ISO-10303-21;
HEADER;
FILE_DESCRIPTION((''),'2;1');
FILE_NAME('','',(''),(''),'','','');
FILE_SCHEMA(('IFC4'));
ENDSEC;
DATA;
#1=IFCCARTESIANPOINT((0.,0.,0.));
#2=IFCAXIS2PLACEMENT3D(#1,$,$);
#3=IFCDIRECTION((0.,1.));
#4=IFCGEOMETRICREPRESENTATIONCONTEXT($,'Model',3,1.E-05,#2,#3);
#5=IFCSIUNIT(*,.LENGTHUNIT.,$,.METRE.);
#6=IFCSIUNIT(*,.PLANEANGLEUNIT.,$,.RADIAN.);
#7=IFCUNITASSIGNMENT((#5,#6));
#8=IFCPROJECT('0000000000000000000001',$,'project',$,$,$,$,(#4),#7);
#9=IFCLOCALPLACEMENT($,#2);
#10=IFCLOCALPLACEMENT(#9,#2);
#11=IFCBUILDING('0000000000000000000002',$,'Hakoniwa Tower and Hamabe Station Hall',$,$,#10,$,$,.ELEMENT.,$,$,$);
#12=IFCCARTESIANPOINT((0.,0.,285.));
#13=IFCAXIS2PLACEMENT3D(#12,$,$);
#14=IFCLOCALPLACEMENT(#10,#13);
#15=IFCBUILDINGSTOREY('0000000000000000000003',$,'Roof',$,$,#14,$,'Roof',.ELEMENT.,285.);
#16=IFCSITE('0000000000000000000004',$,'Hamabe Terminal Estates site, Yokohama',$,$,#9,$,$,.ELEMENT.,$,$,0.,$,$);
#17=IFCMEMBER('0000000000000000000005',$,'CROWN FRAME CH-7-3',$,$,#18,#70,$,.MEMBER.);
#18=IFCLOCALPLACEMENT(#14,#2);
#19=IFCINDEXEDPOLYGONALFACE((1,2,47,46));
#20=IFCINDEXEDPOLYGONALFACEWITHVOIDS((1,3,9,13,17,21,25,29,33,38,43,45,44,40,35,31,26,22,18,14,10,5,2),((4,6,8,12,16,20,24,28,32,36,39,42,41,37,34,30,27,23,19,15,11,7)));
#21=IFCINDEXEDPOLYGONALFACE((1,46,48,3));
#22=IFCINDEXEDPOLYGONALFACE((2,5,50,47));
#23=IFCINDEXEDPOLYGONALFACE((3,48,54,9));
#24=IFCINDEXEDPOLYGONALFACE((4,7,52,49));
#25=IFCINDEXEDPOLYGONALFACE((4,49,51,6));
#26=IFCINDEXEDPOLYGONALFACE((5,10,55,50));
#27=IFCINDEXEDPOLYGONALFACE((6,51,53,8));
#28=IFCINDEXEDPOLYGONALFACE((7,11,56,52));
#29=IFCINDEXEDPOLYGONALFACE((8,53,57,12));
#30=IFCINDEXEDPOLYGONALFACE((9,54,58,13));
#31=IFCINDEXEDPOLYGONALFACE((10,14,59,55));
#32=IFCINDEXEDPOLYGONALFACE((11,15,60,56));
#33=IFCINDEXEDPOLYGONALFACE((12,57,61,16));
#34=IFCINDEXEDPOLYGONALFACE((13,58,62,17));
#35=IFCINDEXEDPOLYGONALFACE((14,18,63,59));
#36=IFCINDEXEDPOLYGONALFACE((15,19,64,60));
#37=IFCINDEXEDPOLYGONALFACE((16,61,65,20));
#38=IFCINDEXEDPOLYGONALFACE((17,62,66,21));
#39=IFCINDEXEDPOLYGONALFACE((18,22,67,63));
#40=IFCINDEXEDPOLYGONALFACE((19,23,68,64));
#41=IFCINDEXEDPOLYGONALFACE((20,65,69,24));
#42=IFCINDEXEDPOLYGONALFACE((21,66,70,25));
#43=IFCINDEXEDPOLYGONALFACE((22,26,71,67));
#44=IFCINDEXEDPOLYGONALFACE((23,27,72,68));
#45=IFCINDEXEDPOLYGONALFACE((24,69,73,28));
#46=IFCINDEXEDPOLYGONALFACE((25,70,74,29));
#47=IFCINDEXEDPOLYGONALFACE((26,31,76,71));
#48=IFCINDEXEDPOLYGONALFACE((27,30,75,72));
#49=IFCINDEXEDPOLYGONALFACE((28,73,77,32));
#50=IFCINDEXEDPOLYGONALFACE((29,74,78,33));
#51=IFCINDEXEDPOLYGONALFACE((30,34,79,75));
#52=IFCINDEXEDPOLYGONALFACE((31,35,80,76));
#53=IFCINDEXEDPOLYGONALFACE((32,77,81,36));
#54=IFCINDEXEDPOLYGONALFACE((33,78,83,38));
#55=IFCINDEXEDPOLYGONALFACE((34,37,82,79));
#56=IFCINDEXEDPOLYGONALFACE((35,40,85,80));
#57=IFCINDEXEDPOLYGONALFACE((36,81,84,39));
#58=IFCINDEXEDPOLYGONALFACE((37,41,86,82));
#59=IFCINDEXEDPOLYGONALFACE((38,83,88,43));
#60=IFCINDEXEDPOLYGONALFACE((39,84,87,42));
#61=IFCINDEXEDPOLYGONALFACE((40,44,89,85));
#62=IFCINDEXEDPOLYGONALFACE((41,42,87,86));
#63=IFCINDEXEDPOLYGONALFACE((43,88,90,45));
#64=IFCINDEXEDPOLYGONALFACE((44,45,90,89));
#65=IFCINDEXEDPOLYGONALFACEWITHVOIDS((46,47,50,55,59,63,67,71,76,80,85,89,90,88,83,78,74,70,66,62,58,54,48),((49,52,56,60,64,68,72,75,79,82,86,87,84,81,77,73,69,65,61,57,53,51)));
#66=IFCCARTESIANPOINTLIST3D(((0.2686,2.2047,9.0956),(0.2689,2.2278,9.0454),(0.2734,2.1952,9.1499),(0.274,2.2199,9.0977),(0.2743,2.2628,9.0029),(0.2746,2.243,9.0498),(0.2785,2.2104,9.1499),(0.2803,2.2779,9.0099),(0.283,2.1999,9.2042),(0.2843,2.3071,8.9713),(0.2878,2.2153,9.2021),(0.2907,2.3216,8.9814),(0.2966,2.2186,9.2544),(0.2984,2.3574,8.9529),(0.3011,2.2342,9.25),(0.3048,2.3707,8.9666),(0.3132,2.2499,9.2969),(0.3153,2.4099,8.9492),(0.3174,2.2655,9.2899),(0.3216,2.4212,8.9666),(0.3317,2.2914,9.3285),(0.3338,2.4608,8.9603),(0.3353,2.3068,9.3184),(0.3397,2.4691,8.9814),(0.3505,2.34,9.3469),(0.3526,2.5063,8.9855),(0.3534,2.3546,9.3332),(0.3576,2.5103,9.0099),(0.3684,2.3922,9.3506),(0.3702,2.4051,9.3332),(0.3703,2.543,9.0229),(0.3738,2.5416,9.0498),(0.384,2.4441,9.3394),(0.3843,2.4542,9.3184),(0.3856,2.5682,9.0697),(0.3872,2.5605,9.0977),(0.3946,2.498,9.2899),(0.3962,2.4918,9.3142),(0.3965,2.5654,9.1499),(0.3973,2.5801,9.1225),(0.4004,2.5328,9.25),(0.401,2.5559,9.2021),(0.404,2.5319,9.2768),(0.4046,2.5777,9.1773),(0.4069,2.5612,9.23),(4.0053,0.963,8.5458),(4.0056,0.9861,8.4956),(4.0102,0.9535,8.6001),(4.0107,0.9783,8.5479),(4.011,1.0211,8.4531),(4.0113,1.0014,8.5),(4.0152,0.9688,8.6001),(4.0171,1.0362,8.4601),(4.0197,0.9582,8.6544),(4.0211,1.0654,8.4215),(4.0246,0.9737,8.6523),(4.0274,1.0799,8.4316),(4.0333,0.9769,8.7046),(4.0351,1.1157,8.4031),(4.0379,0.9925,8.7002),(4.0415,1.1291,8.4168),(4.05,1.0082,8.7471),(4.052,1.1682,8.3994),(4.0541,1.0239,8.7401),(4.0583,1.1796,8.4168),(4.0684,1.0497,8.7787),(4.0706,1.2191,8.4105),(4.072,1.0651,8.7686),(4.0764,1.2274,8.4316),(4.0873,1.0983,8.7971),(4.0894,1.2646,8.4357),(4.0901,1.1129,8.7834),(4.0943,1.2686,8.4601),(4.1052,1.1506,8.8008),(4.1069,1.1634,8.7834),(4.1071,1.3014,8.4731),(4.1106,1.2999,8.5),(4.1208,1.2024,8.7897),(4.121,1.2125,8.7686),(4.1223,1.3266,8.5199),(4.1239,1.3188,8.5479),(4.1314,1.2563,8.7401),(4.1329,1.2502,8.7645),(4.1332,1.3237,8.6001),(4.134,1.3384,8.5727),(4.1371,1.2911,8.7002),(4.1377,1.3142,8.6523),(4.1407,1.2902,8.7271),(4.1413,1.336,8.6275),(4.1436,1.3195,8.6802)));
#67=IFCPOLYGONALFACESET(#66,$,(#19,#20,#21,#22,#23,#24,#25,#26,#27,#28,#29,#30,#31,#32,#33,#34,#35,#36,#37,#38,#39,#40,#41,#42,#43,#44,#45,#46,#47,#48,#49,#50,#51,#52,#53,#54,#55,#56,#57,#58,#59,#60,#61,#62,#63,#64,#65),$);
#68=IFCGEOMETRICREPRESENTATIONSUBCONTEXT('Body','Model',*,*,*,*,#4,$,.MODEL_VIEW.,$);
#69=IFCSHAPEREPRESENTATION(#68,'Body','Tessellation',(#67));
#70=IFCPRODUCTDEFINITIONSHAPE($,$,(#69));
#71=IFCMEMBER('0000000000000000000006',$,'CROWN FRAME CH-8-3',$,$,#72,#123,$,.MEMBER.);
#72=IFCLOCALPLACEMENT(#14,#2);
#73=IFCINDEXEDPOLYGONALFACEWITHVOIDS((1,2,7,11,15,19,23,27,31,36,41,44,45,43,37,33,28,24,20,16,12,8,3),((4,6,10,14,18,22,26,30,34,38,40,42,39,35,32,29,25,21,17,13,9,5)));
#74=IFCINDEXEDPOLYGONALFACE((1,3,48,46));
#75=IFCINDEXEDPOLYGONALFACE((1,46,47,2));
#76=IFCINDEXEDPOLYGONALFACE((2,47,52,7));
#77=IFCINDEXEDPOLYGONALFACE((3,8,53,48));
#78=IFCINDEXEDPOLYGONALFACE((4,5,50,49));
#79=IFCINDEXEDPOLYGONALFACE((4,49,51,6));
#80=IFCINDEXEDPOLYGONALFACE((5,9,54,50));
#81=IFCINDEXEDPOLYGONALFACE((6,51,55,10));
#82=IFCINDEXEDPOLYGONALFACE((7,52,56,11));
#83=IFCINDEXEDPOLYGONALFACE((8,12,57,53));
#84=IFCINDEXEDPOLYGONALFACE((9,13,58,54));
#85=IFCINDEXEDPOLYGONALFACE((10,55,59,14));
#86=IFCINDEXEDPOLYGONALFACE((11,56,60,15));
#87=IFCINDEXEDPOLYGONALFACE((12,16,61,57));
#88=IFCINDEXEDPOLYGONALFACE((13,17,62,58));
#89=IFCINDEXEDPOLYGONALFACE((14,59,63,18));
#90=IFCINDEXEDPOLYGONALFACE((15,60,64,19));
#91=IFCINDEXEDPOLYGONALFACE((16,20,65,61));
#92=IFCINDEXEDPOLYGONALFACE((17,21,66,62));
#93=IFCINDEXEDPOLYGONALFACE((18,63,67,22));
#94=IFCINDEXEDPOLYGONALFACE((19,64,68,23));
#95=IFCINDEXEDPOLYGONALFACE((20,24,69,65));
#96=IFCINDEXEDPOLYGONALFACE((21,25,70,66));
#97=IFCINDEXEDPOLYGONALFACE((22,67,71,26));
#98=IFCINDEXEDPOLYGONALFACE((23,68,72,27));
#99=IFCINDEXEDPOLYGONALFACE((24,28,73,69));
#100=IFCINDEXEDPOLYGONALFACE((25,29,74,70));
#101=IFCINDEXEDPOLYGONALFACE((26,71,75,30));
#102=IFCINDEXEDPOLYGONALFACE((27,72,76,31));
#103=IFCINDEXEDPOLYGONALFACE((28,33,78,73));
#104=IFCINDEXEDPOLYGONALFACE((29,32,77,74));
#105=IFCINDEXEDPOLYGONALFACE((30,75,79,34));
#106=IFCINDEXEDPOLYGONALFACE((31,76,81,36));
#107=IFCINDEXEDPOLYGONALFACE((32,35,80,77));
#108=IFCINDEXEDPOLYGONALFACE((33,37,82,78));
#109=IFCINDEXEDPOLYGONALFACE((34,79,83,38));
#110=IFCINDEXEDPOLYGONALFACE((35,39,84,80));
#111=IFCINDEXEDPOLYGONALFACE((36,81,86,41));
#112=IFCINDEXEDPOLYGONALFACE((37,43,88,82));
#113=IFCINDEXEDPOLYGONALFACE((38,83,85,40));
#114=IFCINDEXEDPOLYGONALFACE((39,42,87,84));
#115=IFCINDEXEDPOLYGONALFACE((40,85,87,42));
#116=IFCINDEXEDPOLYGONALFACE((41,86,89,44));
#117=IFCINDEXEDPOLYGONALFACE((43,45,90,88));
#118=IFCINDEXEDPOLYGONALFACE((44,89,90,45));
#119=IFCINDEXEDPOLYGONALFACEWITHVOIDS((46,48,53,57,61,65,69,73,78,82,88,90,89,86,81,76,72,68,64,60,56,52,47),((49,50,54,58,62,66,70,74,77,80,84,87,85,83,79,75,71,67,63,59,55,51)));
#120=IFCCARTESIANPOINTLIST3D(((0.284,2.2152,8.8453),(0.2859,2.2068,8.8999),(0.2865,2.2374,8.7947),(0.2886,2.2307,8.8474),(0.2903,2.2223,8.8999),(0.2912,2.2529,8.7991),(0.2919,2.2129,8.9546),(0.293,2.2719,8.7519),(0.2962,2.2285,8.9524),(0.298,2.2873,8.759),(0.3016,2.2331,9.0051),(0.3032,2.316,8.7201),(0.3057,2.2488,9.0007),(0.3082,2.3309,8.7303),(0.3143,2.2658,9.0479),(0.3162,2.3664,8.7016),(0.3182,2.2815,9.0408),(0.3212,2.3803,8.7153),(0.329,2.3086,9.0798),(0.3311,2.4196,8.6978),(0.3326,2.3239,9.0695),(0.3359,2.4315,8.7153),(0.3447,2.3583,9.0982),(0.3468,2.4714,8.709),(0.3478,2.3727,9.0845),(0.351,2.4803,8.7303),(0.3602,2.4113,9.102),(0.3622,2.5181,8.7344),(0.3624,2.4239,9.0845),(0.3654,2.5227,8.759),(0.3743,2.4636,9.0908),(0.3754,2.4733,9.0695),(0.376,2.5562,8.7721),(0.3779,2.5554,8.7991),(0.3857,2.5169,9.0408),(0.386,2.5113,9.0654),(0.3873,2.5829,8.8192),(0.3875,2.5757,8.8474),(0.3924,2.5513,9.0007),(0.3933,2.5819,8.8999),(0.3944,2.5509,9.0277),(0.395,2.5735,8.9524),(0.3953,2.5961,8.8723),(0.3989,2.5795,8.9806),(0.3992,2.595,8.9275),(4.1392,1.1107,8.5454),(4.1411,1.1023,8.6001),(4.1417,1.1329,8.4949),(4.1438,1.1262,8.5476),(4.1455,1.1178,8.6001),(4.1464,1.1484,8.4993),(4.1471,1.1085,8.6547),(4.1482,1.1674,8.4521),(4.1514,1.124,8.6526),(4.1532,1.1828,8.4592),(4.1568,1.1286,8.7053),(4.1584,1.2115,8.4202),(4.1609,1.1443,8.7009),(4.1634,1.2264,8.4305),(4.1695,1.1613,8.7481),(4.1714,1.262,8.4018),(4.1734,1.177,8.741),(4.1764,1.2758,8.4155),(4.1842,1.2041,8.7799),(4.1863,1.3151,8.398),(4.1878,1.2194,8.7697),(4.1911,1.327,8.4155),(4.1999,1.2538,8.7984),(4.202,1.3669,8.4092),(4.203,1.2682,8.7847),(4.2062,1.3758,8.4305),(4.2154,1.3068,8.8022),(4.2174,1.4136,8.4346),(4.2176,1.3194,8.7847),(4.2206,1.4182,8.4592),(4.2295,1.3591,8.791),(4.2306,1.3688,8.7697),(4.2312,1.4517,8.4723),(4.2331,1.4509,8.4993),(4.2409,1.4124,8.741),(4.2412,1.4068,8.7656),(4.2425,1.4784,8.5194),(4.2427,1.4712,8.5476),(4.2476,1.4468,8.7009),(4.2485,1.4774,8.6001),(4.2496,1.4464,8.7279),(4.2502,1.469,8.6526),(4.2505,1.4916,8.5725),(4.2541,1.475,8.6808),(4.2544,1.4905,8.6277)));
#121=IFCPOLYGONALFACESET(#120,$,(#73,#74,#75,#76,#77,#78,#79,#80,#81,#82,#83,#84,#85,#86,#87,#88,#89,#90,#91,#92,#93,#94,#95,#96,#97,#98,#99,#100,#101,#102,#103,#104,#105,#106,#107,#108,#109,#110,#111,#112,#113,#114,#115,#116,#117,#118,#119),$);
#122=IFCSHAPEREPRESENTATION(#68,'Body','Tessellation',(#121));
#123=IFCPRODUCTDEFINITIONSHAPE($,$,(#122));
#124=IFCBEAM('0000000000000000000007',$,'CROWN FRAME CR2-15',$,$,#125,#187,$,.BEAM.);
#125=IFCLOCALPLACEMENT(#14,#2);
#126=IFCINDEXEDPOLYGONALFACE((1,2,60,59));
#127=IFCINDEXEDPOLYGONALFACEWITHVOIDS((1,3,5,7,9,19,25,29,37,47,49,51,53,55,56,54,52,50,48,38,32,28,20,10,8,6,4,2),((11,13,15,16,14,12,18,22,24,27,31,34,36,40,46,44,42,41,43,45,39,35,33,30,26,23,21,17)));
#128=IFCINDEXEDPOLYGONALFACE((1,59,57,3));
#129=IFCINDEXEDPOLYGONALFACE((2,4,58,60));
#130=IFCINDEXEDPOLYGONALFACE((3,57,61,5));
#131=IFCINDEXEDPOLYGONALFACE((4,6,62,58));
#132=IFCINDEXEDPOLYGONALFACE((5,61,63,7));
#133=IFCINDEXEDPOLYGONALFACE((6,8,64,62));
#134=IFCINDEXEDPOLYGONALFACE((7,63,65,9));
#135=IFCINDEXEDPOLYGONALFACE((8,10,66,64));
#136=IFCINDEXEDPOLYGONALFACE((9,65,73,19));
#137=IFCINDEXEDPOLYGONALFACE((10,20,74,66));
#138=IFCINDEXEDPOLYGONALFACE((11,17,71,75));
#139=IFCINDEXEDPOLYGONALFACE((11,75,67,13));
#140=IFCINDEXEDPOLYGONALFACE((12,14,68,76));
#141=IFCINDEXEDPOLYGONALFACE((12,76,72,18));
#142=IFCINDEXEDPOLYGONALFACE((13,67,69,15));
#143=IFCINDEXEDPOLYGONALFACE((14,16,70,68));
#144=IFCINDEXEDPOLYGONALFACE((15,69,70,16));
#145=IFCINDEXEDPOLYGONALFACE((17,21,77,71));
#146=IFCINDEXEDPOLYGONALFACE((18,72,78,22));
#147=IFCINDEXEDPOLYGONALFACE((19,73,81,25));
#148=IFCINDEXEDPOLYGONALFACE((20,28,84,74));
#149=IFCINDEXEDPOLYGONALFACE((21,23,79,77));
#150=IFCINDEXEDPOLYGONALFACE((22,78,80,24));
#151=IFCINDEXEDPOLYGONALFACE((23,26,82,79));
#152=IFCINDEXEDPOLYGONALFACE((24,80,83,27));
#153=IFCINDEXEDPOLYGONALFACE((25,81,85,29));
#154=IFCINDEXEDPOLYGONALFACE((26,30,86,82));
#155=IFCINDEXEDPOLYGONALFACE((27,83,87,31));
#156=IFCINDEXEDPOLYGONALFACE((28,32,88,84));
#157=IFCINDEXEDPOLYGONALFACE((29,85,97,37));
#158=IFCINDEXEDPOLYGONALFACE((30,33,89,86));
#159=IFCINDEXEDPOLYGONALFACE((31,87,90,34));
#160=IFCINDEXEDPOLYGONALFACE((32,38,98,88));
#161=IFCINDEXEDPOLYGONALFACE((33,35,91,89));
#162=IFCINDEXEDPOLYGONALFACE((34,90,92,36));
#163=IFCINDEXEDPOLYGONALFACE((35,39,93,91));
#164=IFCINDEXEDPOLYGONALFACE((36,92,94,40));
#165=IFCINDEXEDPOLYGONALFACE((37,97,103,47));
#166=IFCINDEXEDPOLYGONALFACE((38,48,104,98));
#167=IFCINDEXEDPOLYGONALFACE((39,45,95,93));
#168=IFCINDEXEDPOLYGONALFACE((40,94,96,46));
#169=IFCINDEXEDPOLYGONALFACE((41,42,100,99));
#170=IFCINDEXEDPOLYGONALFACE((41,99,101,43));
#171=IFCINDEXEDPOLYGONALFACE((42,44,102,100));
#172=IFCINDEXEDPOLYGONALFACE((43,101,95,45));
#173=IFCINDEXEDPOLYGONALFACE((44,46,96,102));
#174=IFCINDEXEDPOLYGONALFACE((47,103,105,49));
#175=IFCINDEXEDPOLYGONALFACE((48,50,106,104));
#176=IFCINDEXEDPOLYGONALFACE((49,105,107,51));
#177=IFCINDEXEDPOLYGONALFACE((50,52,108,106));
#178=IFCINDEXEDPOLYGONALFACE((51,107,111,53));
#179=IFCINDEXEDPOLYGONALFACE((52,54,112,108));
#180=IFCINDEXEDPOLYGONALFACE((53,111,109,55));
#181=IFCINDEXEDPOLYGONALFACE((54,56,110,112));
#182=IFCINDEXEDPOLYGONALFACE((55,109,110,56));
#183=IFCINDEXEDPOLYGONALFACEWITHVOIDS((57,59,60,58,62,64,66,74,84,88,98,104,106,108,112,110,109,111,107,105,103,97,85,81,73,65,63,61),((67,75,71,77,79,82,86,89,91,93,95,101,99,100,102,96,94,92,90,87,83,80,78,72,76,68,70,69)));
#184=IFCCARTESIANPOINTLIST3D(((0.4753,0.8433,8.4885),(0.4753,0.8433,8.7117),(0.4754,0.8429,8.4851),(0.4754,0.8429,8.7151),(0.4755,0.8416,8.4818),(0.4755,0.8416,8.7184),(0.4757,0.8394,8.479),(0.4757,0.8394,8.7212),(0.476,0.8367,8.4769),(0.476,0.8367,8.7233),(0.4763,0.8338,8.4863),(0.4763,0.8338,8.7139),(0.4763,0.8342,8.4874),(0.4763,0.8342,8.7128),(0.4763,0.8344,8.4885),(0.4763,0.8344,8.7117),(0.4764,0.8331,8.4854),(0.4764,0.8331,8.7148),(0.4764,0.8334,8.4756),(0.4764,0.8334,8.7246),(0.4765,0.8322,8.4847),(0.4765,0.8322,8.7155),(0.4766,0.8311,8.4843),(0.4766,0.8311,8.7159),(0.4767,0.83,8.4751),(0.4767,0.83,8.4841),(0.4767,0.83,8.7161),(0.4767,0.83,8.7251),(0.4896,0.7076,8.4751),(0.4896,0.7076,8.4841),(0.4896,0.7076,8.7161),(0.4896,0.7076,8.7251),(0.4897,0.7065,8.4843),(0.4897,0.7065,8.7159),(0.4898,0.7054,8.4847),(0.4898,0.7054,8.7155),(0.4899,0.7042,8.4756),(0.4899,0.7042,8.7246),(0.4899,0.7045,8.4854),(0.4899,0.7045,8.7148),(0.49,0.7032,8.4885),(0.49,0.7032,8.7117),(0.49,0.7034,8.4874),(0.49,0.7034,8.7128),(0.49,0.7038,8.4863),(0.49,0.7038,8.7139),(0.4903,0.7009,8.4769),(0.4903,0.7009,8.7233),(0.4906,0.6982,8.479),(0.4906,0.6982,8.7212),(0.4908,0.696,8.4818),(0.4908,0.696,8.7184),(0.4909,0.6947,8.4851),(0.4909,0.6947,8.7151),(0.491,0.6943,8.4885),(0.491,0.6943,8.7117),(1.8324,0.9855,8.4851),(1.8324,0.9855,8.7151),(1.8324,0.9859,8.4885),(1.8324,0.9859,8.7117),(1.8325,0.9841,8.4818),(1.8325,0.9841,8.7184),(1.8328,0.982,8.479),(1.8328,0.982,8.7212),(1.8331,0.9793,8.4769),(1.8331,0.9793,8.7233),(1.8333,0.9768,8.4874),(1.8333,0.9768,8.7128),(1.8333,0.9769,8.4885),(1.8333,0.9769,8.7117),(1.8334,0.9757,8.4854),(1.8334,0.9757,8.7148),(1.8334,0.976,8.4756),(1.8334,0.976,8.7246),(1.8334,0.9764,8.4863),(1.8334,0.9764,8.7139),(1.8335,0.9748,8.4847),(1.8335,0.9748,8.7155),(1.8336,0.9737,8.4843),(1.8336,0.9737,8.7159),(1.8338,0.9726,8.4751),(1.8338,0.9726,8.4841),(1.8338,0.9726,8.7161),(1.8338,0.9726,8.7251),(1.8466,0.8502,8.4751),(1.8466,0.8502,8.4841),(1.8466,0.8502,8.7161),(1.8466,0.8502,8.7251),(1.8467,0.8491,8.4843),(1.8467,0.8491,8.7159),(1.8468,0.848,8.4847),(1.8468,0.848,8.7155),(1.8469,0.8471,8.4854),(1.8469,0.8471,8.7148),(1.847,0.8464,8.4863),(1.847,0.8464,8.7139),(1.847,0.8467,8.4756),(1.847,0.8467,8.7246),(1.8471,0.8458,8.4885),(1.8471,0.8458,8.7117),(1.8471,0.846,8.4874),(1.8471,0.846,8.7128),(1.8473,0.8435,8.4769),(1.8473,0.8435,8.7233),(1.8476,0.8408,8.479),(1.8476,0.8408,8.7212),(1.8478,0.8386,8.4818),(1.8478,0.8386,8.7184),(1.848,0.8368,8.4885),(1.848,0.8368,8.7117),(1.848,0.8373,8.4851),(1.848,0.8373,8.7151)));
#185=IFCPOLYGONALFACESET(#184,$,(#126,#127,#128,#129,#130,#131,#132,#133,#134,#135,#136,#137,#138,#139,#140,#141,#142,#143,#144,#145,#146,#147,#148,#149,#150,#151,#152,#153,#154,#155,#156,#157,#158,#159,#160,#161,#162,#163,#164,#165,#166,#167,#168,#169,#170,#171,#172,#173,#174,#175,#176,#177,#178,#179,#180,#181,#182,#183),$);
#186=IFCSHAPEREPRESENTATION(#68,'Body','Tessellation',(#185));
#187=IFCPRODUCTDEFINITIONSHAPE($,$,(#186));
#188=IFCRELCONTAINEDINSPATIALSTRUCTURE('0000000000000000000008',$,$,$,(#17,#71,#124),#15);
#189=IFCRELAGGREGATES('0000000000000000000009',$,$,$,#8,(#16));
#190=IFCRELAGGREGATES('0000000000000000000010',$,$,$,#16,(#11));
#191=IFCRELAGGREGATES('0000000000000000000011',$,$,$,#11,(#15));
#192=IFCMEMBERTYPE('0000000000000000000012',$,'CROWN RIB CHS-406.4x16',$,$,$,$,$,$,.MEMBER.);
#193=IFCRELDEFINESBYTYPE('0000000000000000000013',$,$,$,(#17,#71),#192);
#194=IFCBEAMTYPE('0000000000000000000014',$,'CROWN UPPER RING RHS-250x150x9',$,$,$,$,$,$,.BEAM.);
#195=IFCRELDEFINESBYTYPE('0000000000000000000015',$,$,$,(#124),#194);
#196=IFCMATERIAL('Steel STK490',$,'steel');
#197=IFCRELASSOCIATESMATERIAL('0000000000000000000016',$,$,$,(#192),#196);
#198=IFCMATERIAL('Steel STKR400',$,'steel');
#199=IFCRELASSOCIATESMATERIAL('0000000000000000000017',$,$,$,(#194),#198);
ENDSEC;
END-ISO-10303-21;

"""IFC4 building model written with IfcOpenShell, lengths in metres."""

from ifc_helpers import new_model, si_unit, direction, frame, origin, origin_2d, place, context, subcontext, project, spatial, hollow_rectangle, hollow_circle, extrude, material, material_profile, profile_set, type_object, element, save


model = new_model("IFC4")

# Units and contexts
model_context = context("Model", 3, precision=1e-05, world=origin(), true_north=direction((0.0, 1.0)))
body_context = subcontext(model_context, "Body", "Model", "MODEL_VIEW")
ifc_project = project(units=[si_unit("LENGTHUNIT", "METRE"), si_unit("PLANEANGLEUNIT", "RADIAN")], contexts=[model_context])

# Site, building, storey
site_placement = place(None, origin())
site = spatial("IfcSite", under=ifc_project, at=site_placement, Name="Hamabe Terminal Estates site, Yokohama", CompositionType="ELEMENT", RefElevation=0.0)
building_placement = place(site_placement, origin())
building = spatial("IfcBuilding", under=site, at=building_placement, Name="Hakoniwa Tower and Hamabe Station Hall", CompositionType="ELEMENT")
storey_placement = place(building_placement, frame((0.0, 0.0, 285.0)))
storey = spatial("IfcBuildingStorey", under=building, at=storey_placement, Name="Roof", LongName="Roof", CompositionType="ELEMENT", Elevation=285.0)

# Members
ifc_material_1 = material(Name="Steel STK490", Category="steel")
ifc_material_profile_1 = material_profile(ifc_material_1, hollow_circle(Radius=0.2031, WallThickness=0.0161, at=origin_2d()), Name="CHS-406.4x16")
ifc_profile_set_1 = profile_set([ifc_material_profile_1], Name="Steel STK490")
member_type_1 = type_object("IfcMemberType", Name="CROWN RIB CHS-406.4x16", PredefinedType="MEMBER", material=ifc_profile_set_1)
member_1_placement = place(storey_placement, frame((4.0742, 1.1462, 8.6001), z_axis=(-0.939863, 0.312305, 0.138284), x_axis=(-0.315335, -0.94898, 0.0)))
element("IfcMember", 1, at=member_1_placement, inside=storey, type_object=member_type_1, Name="CROWN FRAME CH-7-3", PredefinedType="MEMBER", context=body_context, shape_type="SweptSolid", body=[
    extrude(hollow_circle(Radius=0.2031, WallThickness=0.0161, at=origin_2d()), origin(), (0.0, 0.0, 1.0), 3.9758),
])
member_2_placement = place(storey_placement, frame((4.197, 1.2976, 8.6001), z_axis=(-0.958651, 0.274646, 0.07455), x_axis=(-0.275413, -0.961326, 0.0)))
element("IfcMember", 2, at=member_2_placement, inside=storey, type_object=member_type_1, Name="CROWN FRAME CH-8-3", PredefinedType="MEMBER", context=body_context, shape_type="SweptSolid", body=[
    extrude(hollow_circle(Radius=0.2031, WallThickness=0.0161, at=origin_2d()), origin(), (0.0, 0.0, 1.0), 4.0215),
])

# Beam
ifc_material_2 = material(Name="Steel STKR400", Category="steel")
ifc_material_profile_2 = material_profile(ifc_material_2, hollow_rectangle(XDim=0.1499, YDim=0.25, WallThickness=0.009, InnerFilletRadius=0.0044, OuterFilletRadius=0.0134, at=origin_2d()), Name="RHS-250x150x9")
ifc_profile_set_2 = profile_set([ifc_material_profile_2], Name="Steel STKR400")
beam_type = type_object("IfcBeamType", Name="CROWN UPPER RING RHS-250x150x9", PredefinedType="BEAM", material=ifc_profile_set_2)
beam_1_placement = place(storey_placement, frame((0.4832, 0.7688, 8.6001), z_axis=(0.994525, 0.104498, 0.0), x_axis=(-0.104498, 0.994525, 0.0)))
element("IfcBeam", 3, at=beam_1_placement, inside=storey, type_object=beam_type, Name="CROWN FRAME CR2-15", PredefinedType="BEAM", context=body_context, shape_type="SweptSolid", body=[
    extrude(hollow_rectangle(XDim=0.1499, YDim=0.25, WallThickness=0.009, InnerFilletRadius=0.0044, OuterFilletRadius=0.0134, at=origin_2d()), origin(), (0.0, 0.0, 1.0), 1.3645),
])

save(model, "model.ifc")
